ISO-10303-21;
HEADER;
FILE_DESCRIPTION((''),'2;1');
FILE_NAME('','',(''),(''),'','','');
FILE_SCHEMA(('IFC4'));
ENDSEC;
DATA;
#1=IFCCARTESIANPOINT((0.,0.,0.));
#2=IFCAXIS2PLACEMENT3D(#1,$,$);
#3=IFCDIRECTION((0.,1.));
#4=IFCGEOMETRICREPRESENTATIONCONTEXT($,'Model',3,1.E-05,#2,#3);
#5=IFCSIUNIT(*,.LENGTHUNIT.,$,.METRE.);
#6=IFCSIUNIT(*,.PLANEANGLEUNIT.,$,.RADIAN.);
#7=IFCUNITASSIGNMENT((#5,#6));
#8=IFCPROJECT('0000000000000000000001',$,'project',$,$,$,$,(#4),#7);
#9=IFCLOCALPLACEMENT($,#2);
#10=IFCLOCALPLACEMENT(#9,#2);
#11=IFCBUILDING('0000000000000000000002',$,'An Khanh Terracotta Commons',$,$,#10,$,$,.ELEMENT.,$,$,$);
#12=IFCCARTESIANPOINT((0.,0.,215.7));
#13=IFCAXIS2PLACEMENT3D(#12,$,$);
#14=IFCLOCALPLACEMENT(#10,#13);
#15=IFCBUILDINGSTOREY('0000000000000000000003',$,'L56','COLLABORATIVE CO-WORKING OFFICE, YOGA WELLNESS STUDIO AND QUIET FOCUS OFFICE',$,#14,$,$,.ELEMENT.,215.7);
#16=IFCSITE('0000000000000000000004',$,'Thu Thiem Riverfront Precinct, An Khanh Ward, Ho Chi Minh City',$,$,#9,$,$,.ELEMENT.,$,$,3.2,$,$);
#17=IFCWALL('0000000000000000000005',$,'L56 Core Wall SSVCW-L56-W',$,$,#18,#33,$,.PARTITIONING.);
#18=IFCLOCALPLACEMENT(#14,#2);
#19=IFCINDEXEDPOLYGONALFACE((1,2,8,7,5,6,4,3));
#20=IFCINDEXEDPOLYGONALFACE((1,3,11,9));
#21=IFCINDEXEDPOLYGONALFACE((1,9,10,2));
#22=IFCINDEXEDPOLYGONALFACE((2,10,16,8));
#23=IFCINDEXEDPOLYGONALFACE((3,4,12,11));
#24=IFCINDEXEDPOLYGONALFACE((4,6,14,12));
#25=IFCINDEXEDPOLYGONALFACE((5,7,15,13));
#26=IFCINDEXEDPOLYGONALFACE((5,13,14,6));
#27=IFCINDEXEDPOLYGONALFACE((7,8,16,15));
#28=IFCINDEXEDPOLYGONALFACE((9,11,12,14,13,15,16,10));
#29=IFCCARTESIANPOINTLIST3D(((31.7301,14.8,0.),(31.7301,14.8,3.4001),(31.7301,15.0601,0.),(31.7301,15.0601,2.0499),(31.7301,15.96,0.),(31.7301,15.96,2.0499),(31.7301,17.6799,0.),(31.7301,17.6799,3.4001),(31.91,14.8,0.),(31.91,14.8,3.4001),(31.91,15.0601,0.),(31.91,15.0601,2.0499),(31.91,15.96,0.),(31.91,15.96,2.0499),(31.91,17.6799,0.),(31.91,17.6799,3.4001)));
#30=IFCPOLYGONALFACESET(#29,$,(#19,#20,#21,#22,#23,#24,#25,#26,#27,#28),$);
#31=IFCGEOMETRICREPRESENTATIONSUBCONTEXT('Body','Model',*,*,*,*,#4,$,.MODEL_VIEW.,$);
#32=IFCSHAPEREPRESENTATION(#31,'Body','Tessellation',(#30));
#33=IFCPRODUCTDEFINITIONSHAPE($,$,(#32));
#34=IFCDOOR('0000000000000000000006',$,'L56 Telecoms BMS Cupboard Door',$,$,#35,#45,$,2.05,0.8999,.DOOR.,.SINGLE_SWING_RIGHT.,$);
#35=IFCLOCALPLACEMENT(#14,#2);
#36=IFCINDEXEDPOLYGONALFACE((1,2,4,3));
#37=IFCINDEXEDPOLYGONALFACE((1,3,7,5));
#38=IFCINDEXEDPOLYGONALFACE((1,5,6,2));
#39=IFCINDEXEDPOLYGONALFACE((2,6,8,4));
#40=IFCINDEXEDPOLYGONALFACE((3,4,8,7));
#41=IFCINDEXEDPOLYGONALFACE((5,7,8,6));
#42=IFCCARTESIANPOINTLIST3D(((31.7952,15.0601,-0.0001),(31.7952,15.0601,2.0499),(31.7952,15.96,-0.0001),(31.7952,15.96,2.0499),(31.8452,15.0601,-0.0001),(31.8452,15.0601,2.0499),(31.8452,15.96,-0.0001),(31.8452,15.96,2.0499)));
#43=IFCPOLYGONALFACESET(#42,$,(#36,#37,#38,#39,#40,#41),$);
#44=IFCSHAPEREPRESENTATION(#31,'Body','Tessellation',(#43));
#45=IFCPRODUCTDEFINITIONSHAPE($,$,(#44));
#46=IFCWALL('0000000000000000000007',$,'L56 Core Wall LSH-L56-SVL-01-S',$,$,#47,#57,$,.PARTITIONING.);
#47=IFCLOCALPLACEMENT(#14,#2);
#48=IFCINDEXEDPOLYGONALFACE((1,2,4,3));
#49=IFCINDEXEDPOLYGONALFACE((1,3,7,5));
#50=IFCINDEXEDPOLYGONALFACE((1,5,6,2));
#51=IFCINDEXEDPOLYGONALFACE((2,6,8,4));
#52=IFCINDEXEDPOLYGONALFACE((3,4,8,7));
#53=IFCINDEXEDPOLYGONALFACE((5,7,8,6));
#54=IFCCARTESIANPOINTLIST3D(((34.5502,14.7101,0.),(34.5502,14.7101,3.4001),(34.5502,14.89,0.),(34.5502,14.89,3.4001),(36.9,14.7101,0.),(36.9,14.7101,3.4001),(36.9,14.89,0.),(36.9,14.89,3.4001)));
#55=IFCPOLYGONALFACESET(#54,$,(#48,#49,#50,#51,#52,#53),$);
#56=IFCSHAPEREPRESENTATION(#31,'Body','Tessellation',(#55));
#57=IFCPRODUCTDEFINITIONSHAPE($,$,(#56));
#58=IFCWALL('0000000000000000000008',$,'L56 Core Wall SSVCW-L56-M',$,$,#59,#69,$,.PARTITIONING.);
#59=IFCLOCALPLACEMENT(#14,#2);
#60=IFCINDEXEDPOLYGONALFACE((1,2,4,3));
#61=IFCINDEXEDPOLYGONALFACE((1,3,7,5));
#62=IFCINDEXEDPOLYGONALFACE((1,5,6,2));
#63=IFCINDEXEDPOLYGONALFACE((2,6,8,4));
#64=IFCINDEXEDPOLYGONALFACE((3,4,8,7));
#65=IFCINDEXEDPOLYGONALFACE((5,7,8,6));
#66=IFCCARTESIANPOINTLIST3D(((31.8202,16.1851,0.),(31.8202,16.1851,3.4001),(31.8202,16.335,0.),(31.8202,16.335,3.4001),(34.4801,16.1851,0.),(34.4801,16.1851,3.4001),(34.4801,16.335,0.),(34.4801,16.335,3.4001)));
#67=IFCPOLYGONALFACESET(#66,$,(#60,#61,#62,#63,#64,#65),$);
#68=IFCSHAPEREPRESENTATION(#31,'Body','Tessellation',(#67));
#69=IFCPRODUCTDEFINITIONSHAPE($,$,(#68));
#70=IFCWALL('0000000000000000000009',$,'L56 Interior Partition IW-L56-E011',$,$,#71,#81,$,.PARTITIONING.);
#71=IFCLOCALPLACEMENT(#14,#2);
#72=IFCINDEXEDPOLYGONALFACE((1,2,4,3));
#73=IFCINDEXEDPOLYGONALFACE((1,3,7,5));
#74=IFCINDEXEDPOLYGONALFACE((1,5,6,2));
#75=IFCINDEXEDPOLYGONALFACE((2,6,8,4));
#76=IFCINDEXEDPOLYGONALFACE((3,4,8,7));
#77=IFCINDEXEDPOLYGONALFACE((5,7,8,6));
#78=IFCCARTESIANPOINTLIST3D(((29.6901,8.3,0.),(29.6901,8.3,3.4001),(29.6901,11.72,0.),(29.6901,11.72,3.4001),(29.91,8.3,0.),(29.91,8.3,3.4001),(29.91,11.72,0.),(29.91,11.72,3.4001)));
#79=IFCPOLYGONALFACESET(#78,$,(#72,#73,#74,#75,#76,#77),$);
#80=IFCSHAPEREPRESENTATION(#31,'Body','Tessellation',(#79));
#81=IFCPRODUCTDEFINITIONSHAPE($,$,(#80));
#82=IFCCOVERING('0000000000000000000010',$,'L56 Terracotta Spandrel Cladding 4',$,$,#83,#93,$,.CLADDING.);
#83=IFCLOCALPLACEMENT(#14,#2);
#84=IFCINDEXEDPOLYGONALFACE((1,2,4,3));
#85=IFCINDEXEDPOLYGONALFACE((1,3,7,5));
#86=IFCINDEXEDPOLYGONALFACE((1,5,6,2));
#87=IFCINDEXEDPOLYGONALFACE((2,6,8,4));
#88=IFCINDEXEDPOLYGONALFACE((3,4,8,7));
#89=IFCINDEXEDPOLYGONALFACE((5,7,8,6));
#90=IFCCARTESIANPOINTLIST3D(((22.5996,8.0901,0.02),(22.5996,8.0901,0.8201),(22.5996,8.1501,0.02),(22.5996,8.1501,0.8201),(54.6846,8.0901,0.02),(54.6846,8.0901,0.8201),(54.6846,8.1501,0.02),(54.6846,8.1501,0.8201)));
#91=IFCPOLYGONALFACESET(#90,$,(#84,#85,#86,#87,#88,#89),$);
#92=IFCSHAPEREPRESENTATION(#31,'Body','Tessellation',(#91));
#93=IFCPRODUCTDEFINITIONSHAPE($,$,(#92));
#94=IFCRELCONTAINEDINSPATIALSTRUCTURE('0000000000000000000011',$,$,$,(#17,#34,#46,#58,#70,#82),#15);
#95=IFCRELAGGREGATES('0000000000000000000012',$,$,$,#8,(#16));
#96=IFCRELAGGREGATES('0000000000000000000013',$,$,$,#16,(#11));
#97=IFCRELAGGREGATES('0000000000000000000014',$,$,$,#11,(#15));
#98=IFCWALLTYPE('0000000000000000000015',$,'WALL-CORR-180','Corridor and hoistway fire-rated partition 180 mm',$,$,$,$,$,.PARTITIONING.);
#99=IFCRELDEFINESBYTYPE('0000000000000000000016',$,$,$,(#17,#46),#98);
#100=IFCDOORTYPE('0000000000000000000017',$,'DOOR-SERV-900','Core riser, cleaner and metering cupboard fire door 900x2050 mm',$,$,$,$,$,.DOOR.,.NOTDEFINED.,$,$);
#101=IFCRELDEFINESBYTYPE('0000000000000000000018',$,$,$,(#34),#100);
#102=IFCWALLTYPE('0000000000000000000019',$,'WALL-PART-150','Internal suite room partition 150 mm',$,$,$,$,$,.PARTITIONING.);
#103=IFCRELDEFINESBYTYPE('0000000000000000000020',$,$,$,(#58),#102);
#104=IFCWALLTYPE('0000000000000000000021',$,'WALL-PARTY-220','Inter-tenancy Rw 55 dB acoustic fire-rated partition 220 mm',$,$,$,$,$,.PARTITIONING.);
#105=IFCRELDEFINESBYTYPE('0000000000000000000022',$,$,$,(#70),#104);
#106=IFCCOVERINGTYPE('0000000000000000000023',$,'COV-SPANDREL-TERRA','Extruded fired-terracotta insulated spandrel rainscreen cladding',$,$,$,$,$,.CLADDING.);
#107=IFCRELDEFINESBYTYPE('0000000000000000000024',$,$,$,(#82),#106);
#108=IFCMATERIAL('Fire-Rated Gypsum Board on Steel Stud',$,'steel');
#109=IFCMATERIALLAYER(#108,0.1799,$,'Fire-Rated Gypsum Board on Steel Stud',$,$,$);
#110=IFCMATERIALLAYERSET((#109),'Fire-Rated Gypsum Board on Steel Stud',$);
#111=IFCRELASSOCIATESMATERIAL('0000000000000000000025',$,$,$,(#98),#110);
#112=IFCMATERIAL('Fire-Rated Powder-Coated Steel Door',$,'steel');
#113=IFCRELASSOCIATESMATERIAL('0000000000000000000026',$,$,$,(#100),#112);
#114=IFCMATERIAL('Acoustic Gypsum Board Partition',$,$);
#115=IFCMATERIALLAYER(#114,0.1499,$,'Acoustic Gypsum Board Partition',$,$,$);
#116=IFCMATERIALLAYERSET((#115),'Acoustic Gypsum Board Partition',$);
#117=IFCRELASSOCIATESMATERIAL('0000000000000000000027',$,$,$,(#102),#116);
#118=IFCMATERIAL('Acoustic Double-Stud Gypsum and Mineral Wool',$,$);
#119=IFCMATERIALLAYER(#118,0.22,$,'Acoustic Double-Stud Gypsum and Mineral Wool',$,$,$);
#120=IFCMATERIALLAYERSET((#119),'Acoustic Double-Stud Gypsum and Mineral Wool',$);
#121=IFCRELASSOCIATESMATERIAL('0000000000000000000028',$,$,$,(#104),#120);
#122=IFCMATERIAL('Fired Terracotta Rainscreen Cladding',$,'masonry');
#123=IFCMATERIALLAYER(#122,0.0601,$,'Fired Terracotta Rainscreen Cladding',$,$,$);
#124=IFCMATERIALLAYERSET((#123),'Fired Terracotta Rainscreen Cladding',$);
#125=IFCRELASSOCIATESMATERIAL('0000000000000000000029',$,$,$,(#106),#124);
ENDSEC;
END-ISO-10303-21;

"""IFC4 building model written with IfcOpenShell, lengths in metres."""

from ifc_helpers import new_model, si_unit, direction, frame, frame_2d, origin, origin_2d, place, context, subcontext, project, spatial, rectangle, extrude, material, layer, layer_set, type_object, element, fill, save


model = new_model("IFC4")

# Units and contexts
model_context = context("Model", 3, precision=1e-05, world=origin(), true_north=direction((0.0, 1.0)))
body_context = subcontext(model_context, "Body", "Model", "MODEL_VIEW")
ifc_project = project(units=[si_unit("LENGTHUNIT", "METRE"), si_unit("PLANEANGLEUNIT", "RADIAN")], contexts=[model_context])

# Site, building, storey
site_placement = place(None, origin())
site = spatial("IfcSite", under=ifc_project, at=site_placement, Name="Thu Thiem Riverfront Precinct, An Khanh Ward, Ho Chi Minh City", CompositionType="ELEMENT", RefElevation=3.2)
building_placement = place(site_placement, origin())
building = spatial("IfcBuilding", under=site, at=building_placement, Name="An Khanh Terracotta Commons", CompositionType="ELEMENT")
storey_placement = place(building_placement, frame((0.0, 0.0, 215.7)))
storey = spatial("IfcBuildingStorey", under=building, at=storey_placement, Name="L56", Description="COLLABORATIVE CO-WORKING OFFICE, YOGA WELLNESS STUDIO AND QUIET FOCUS OFFICE", CompositionType="ELEMENT", Elevation=215.7)

# Wall, opening, door
ifc_material_1 = material(Name="Fire-Rated Gypsum Board on Steel Stud", Category="steel")
ifc_layer_1 = layer(ifc_material_1, 0.1799, Name="Fire-Rated Gypsum Board on Steel Stud")
ifc_layer_set_1 = layer_set([ifc_layer_1], Name="Fire-Rated Gypsum Board on Steel Stud")
wall_type_1 = type_object("IfcWallType", Name="WALL-CORR-180", Description="Corridor and hoistway fire-rated partition 180 mm", PredefinedType="PARTITIONING", material=ifc_layer_set_1)
wall_1_placement = place(storey_placement, frame((31.8201, 14.8, 0.0), z_axis=(0.0, 0.0, 1.0), x_axis=(0.0, 1.0, 0.0)))
wall_1 = element("IfcWall", 1, at=wall_1_placement, inside=storey, type_object=wall_type_1, Name="L56 Core Wall SSVCW-L56-W", PredefinedType="PARTITIONING", context=body_context, shape_type="SweptSolid", body=[
    extrude(rectangle(XDim=2.8799, YDim=0.1799, at=frame_2d((1.4399, 0.0))), origin(), (0.0, 0.0, 1.0), 3.4001),
])
opening_1_placement = place(wall_1_placement, frame((0.26, 0.0, 0.0)))
opening_1 = element("IfcOpeningElement", 2, at=opening_1_placement, cuts=wall_1, PredefinedType="OPENING", context=body_context, shape_type="SweptSolid", body=[
    extrude(rectangle(XDim=0.8999, YDim=2.05, at=frame_2d((0.45, 1.0249))), frame((0.0, 0.0999, 0.0), z_axis=(0.0, -1.0, 0.0), x_axis=(1.0, 0.0, 0.0)), (0.0, 0.0, 1.0), 0.2),
])
ifc_material_2 = material(Name="Fire-Rated Powder-Coated Steel Door", Category="steel")
door_type_1 = type_object("IfcDoorType", Name="DOOR-SERV-900", Description="Core riser, cleaner and metering cupboard fire door 900x2050 mm", OperationType="NOTDEFINED", PredefinedType="DOOR", material=ifc_material_2)
door_1_placement = place(opening_1_placement, origin())
door_1 = element("IfcDoor", 3, at=door_1_placement, inside=storey, type_object=door_type_1, Name="L56 Telecoms BMS Cupboard Door", OperationType="SINGLE_SWING_RIGHT", OverallHeight=2.05, OverallWidth=0.8999, PredefinedType="DOOR", context=body_context, shape_type="SweptSolid", body=[
    extrude(rectangle(XDim=0.8999, YDim=2.05, at=frame_2d((0.45, 1.0249))), frame((0.0, 0.0249, 0.0), z_axis=(0.0, -1.0, 0.0), x_axis=(1.0, 0.0, 0.0)), (0.0, 0.0, 1.0), 0.05),
])
fill(opening_1, door_1)

# Walls
wall_2_placement = place(storey_placement, frame((36.8999, 14.8, 0.0), z_axis=(0.0, 0.0, 1.0), x_axis=(-1.0, 0.0, 0.0)))
element("IfcWall", 4, at=wall_2_placement, inside=storey, type_object=wall_type_1, Name="L56 Core Wall LSH-L56-SVL-01-S", PredefinedType="PARTITIONING", context=body_context, shape_type="SweptSolid", body=[
    extrude(rectangle(XDim=2.3499, YDim=0.1799, at=frame_2d((1.1748, 0.0))), origin(), (0.0, 0.0, 1.0), 3.4001),
])
ifc_material_3 = material(Name="Acoustic Gypsum Board Partition")
ifc_layer_2 = layer(ifc_material_3, 0.1499, Name="Acoustic Gypsum Board Partition")
ifc_layer_set_2 = layer_set([ifc_layer_2], Name="Acoustic Gypsum Board Partition")
wall_type_2 = type_object("IfcWallType", Name="WALL-PART-150", Description="Internal suite room partition 150 mm", PredefinedType="PARTITIONING", material=ifc_layer_set_2)
wall_3_placement = place(storey_placement, frame((31.8201, 16.26, 0.0), z_axis=(0.0, 0.0, 1.0), x_axis=(1.0, 0.0, 0.0)))
element("IfcWall", 5, at=wall_3_placement, inside=storey, type_object=wall_type_2, Name="L56 Core Wall SSVCW-L56-M", PredefinedType="PARTITIONING", context=body_context, shape_type="SweptSolid", body=[
    extrude(rectangle(XDim=2.6599, YDim=0.1499, at=frame_2d((1.3301, 0.0))), origin(), (0.0, 0.0, 1.0), 3.4001),
])
ifc_material_4 = material(Name="Acoustic Double-Stud Gypsum and Mineral Wool")
ifc_layer_3 = layer(ifc_material_4, 0.22, Name="Acoustic Double-Stud Gypsum and Mineral Wool")
ifc_layer_set_3 = layer_set([ifc_layer_3], Name="Acoustic Double-Stud Gypsum and Mineral Wool")
wall_type_3 = type_object("IfcWallType", Name="WALL-PARTY-220", Description="Inter-tenancy Rw 55 dB acoustic fire-rated partition 220 mm", PredefinedType="PARTITIONING", material=ifc_layer_set_3)
wall_4_placement = place(storey_placement, frame((29.8, 8.3, 0.0), z_axis=(0.0, 0.0, 1.0), x_axis=(0.0, 1.0, 0.0)))
element("IfcWall", 6, at=wall_4_placement, inside=storey, type_object=wall_type_3, Name="L56 Interior Partition IW-L56-E011", PredefinedType="PARTITIONING", context=body_context, shape_type="SweptSolid", body=[
    extrude(rectangle(XDim=3.4199, YDim=0.22, at=frame_2d((1.71, 0.0))), origin(), (0.0, 0.0, 1.0), 3.4001),
])

# Covering
ifc_material_5 = material(Name="Fired Terracotta Rainscreen Cladding", Category="masonry")
ifc_layer_4 = layer(ifc_material_5, 0.0601, Name="Fired Terracotta Rainscreen Cladding")
ifc_layer_set_4 = layer_set([ifc_layer_4], Name="Fired Terracotta Rainscreen Cladding")
covering_type = type_object("IfcCoveringType", Name="COV-SPANDREL-TERRA", Description="Extruded fired-terracotta insulated spandrel rainscreen cladding", PredefinedType="CLADDING", material=ifc_layer_set_4)
covering_placement = place(storey_placement, frame((38.6421, 8.1201, 0.02), z_axis=(0.0, 0.0, 1.0), x_axis=(1.0, 0.0, 0.0)))
element("IfcCovering", 7, at=covering_placement, inside=storey, type_object=covering_type, Name="L56 Terracotta Spandrel Cladding 4", PredefinedType="CLADDING", context=body_context, shape_type="SweptSolid", body=[
    extrude(rectangle(XDim=32.085, YDim=0.0601, at=origin_2d()), origin(), (0.0, 0.0, 1.0), 0.8),
])

save(model, "model.ifc")
